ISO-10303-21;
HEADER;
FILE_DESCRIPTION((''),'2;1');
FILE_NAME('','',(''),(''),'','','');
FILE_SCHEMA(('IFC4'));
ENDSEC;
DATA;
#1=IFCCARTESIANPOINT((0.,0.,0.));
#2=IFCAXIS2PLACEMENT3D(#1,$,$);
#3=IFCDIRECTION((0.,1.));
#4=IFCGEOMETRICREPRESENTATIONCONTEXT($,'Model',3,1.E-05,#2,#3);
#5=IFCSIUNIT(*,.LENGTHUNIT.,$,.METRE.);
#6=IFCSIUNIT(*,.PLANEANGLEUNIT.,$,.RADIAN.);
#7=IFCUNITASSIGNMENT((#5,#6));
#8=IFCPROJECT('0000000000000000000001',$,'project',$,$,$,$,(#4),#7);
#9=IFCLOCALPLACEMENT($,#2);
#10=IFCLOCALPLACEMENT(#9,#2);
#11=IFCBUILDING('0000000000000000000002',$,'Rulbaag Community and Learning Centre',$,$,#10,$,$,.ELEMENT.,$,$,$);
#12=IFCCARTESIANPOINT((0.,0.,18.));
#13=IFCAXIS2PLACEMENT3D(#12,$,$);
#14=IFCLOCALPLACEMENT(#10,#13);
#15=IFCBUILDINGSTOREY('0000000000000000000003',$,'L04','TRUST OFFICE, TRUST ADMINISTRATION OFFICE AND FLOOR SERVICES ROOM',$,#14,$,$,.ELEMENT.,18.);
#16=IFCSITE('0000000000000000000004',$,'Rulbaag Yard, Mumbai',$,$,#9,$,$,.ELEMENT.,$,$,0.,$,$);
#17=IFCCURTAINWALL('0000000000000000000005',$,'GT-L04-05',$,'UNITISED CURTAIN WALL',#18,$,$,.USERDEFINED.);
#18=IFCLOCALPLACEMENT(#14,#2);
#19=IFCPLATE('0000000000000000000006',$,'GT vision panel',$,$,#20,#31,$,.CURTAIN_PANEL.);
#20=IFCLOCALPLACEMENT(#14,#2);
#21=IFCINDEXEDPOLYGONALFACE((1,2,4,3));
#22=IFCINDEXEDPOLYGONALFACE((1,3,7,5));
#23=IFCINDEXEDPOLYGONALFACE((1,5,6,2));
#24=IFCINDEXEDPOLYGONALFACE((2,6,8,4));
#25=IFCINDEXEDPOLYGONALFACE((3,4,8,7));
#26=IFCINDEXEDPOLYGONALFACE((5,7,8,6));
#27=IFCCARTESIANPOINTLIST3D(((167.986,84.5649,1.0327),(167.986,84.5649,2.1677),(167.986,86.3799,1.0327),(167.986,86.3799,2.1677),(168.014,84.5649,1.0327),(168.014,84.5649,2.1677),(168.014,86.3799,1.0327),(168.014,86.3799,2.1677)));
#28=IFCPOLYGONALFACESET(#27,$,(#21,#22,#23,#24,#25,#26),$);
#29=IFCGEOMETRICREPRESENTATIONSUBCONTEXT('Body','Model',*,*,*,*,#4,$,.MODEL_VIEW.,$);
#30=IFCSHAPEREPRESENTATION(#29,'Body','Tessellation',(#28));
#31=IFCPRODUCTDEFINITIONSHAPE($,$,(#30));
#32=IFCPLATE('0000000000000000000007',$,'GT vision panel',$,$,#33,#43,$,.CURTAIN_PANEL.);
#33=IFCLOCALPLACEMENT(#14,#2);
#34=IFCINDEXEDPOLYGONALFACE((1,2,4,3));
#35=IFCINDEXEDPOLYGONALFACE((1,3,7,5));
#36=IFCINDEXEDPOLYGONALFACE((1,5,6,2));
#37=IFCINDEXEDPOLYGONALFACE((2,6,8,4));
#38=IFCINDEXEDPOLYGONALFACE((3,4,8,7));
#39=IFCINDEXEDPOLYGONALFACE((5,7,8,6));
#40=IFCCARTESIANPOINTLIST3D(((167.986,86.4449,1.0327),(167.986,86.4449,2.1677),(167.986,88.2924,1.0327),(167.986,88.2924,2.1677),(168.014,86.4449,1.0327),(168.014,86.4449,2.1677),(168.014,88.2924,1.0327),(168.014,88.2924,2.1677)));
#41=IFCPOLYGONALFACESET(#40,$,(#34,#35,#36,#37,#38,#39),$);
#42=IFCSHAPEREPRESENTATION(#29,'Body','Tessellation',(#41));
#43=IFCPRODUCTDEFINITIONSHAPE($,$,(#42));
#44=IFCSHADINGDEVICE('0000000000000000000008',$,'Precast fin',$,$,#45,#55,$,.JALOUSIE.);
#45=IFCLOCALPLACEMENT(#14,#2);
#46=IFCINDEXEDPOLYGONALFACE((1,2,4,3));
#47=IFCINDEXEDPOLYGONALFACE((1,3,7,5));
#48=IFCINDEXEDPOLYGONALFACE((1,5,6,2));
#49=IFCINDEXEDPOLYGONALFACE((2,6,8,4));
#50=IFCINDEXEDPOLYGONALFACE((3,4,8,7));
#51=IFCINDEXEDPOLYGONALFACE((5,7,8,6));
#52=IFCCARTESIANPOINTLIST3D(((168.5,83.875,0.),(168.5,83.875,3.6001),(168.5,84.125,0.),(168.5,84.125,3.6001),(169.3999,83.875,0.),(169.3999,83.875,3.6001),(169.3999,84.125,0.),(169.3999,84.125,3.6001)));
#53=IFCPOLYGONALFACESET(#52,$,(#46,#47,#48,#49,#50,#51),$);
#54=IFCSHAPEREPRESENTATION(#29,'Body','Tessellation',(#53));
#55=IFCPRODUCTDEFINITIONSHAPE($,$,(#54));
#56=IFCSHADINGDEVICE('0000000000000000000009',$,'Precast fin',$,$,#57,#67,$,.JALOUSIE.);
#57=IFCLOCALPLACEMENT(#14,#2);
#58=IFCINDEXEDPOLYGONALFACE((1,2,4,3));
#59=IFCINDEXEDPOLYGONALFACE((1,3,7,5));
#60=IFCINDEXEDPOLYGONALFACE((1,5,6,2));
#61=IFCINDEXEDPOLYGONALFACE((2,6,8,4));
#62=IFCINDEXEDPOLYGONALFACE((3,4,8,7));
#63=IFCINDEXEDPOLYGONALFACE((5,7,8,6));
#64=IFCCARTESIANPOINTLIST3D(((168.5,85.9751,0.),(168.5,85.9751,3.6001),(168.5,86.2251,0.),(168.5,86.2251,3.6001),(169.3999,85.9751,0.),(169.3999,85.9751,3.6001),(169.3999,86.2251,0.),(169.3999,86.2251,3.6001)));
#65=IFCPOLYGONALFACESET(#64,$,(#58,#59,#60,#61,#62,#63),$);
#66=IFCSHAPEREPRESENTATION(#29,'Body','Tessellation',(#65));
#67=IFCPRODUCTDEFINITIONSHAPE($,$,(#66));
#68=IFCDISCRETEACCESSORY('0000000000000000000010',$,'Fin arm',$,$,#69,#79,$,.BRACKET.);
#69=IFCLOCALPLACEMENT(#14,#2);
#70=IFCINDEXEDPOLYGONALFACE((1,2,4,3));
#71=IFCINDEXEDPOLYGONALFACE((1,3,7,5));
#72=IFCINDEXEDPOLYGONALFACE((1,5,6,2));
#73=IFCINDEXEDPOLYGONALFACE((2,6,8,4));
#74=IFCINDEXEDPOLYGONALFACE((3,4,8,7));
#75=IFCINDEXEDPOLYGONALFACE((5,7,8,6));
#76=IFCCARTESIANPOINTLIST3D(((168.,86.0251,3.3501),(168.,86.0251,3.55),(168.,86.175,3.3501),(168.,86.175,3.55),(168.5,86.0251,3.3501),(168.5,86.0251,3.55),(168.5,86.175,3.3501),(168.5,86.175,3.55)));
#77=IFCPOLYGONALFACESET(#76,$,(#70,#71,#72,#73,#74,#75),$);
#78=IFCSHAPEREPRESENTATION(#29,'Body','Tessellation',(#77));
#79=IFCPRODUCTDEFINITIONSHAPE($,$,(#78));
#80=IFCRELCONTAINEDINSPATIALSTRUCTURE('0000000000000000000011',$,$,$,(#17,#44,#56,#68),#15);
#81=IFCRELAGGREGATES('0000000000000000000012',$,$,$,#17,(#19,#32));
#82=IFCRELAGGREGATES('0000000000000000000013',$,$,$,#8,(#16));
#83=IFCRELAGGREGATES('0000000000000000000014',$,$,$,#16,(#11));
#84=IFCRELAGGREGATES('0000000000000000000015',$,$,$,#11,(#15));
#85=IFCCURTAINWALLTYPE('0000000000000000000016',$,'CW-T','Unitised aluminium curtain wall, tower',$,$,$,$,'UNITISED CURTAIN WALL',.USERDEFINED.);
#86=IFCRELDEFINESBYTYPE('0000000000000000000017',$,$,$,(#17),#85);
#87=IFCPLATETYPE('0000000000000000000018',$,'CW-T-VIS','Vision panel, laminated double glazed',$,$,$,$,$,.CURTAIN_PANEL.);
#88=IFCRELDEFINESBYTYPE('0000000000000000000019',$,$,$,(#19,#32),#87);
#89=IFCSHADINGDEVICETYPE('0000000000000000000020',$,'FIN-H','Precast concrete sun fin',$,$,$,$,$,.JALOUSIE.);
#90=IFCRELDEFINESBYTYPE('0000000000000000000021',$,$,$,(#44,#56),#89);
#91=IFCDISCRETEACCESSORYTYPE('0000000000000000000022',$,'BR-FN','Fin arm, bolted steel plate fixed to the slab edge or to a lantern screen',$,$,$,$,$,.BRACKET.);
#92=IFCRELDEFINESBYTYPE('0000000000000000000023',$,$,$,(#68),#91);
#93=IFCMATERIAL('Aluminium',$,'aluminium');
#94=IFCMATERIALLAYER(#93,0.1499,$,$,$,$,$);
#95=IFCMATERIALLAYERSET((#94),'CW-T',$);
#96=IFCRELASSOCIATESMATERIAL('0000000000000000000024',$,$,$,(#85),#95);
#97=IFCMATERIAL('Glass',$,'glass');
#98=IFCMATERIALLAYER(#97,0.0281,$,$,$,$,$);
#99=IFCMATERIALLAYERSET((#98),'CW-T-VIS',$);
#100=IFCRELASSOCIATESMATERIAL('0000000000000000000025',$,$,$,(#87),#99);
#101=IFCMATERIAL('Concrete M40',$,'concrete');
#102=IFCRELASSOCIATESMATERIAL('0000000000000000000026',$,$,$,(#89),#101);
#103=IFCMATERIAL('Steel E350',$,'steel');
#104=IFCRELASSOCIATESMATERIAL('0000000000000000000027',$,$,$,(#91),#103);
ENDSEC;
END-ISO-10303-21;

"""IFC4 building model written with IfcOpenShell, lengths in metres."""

from ifc_helpers import new_model, si_unit, direction, frame, origin, origin_2d, place, context, subcontext, project, spatial, rectangle, extrude, material, layer, layer_set, material_profile, profile_set, type_object, element, aggregate, save


model = new_model("IFC4")

# Units and contexts
model_context = context("Model", 3, precision=1e-05, world=origin(), true_north=direction((0.0, 1.0)))
body_context = subcontext(model_context, "Body", "Model", "MODEL_VIEW")
ifc_project = project(units=[si_unit("LENGTHUNIT", "METRE"), si_unit("PLANEANGLEUNIT", "RADIAN")], contexts=[model_context])

# Site, building, storey
site_placement = place(None, origin())
site = spatial("IfcSite", under=ifc_project, at=site_placement, Name="Rulbaag Yard, Mumbai", CompositionType="ELEMENT", RefElevation=0.0)
building_placement = place(site_placement, origin())
building = spatial("IfcBuilding", under=site, at=building_placement, Name="Rulbaag Community and Learning Centre", CompositionType="ELEMENT")
storey_placement = place(building_placement, frame((0.0, 0.0, 18.0)))
storey = spatial("IfcBuildingStorey", under=building, at=storey_placement, Name="L04", Description="TRUST OFFICE, TRUST ADMINISTRATION OFFICE AND FLOOR SERVICES ROOM", CompositionType="ELEMENT", Elevation=18.0)

# Shared definitions
ifc_material_1 = material(Name="Concrete M40", Category="concrete")

# Curtain wall
ifc_material_2 = material(Name="Aluminium", Category="aluminium")
ifc_layer_1 = layer(ifc_material_2, 0.1499)
ifc_layer_set_1 = layer_set([ifc_layer_1], Name="CW-T")
curtain_wall_type_1 = type_object("IfcCurtainWallType", Name="CW-T", Description="Unitised aluminium curtain wall, tower", ElementType="UNITISED CURTAIN WALL", PredefinedType="USERDEFINED", material=ifc_layer_set_1)
curtain_wall_1_placement = place(storey_placement, origin())
curtain_wall_1 = element("IfcCurtainWall", 1, at=curtain_wall_1_placement, inside=storey, type_object=curtain_wall_type_1, Name="GT-L04-05", ObjectType="UNITISED CURTAIN WALL", PredefinedType="USERDEFINED")

# Plates
ifc_material_3 = material(Name="Glass", Category="glass")
ifc_layer_2 = layer(ifc_material_3, 0.0281)
ifc_layer_set_2 = layer_set([ifc_layer_2], Name="CW-T-VIS")
plate_type_1 = type_object("IfcPlateType", Name="CW-T-VIS", Description="Vision panel, laminated double glazed", PredefinedType="CURTAIN_PANEL", material=ifc_layer_set_2)
plate_1_placement = place(storey_placement, frame((168.0, 85.4724, 1.0327), z_axis=(0.0, 0.0, 1.0), x_axis=(0.0, 1.0, 0.0)))
plate_1 = element("IfcPlate", 2, at=plate_1_placement, type_object=plate_type_1, Name="GT vision panel", PredefinedType="CURTAIN_PANEL", context=body_context, shape_type="SweptSolid", body=[
    extrude(rectangle(XDim=1.8149, YDim=0.0281, at=origin_2d()), origin(), (0.0, 0.0, 1.0), 1.135),
])
plate_2_placement = place(storey_placement, frame((168.0, 87.3687, 1.0327), z_axis=(0.0, 0.0, 1.0), x_axis=(0.0, 1.0, 0.0)))
plate_2 = element("IfcPlate", 3, at=plate_2_placement, type_object=plate_type_1, Name="GT vision panel", PredefinedType="CURTAIN_PANEL", context=body_context, shape_type="SweptSolid", body=[
    extrude(rectangle(XDim=1.8474, YDim=0.0281, at=origin_2d()), origin(), (0.0, 0.0, 1.0), 1.135),
])
aggregate(curtain_wall_1, [plate_1, plate_2])

# Shading devices
ifc_material_profile_1 = material_profile(ifc_material_1, rectangle(XDim=0.25, YDim=0.8999, at=origin_2d()), Name="PC 250x900")
ifc_profile_set_1 = profile_set([ifc_material_profile_1], Name="Concrete M40")
shading_device_type = type_object("IfcShadingDeviceType", Name="FIN-H", Description="Precast concrete sun fin", PredefinedType="JALOUSIE", material=ifc_profile_set_1)
for number, where, z_axis, x_axis, name in (
    (4, (168.95, 84.0, 0.0), (0.0, 0.0, 1.0), (0.0, 1.0, 0.0), "Precast fin"),
    (5, (168.95, 86.1001, 0.0), (0.0, 0.0, 1.0), (0.0, 1.0, 0.0), "Precast fin"),
):
    element("IfcShadingDevice", number, at=place(storey_placement, frame(where, z_axis=z_axis, x_axis=x_axis)), inside=storey, type_object=shading_device_type, Name=name, PredefinedType="JALOUSIE", context=body_context, shape_type="SweptSolid", body=[
        extrude(rectangle(XDim=0.25, YDim=0.8999, at=origin_2d()), origin(), (0.0, 0.0, 1.0), 3.6001),
    ])

# Discrete accessory
ifc_material_4 = material(Name="Steel E350", Category="steel")
discrete_accessory_type = type_object("IfcDiscreteAccessoryType", Name="BR-FN", Description="Fin arm, bolted steel plate fixed to the slab edge or to a lantern screen", PredefinedType="BRACKET", material=ifc_material_4)
discrete_accessory_placement = place(storey_placement, frame((168.25, 86.1001, 3.3501), z_axis=(0.0, 0.0, 1.0), x_axis=(1.0, 0.0, 0.0)))
element("IfcDiscreteAccessory", 6, at=discrete_accessory_placement, inside=storey, type_object=discrete_accessory_type, Name="Fin arm", PredefinedType="BRACKET", context=body_context, shape_type="SweptSolid", body=[
    extrude(rectangle(XDim=0.5, YDim=0.1499, at=origin_2d()), origin(), (0.0, 0.0, 1.0), 0.2),
])

save(model, "model.ifc")
